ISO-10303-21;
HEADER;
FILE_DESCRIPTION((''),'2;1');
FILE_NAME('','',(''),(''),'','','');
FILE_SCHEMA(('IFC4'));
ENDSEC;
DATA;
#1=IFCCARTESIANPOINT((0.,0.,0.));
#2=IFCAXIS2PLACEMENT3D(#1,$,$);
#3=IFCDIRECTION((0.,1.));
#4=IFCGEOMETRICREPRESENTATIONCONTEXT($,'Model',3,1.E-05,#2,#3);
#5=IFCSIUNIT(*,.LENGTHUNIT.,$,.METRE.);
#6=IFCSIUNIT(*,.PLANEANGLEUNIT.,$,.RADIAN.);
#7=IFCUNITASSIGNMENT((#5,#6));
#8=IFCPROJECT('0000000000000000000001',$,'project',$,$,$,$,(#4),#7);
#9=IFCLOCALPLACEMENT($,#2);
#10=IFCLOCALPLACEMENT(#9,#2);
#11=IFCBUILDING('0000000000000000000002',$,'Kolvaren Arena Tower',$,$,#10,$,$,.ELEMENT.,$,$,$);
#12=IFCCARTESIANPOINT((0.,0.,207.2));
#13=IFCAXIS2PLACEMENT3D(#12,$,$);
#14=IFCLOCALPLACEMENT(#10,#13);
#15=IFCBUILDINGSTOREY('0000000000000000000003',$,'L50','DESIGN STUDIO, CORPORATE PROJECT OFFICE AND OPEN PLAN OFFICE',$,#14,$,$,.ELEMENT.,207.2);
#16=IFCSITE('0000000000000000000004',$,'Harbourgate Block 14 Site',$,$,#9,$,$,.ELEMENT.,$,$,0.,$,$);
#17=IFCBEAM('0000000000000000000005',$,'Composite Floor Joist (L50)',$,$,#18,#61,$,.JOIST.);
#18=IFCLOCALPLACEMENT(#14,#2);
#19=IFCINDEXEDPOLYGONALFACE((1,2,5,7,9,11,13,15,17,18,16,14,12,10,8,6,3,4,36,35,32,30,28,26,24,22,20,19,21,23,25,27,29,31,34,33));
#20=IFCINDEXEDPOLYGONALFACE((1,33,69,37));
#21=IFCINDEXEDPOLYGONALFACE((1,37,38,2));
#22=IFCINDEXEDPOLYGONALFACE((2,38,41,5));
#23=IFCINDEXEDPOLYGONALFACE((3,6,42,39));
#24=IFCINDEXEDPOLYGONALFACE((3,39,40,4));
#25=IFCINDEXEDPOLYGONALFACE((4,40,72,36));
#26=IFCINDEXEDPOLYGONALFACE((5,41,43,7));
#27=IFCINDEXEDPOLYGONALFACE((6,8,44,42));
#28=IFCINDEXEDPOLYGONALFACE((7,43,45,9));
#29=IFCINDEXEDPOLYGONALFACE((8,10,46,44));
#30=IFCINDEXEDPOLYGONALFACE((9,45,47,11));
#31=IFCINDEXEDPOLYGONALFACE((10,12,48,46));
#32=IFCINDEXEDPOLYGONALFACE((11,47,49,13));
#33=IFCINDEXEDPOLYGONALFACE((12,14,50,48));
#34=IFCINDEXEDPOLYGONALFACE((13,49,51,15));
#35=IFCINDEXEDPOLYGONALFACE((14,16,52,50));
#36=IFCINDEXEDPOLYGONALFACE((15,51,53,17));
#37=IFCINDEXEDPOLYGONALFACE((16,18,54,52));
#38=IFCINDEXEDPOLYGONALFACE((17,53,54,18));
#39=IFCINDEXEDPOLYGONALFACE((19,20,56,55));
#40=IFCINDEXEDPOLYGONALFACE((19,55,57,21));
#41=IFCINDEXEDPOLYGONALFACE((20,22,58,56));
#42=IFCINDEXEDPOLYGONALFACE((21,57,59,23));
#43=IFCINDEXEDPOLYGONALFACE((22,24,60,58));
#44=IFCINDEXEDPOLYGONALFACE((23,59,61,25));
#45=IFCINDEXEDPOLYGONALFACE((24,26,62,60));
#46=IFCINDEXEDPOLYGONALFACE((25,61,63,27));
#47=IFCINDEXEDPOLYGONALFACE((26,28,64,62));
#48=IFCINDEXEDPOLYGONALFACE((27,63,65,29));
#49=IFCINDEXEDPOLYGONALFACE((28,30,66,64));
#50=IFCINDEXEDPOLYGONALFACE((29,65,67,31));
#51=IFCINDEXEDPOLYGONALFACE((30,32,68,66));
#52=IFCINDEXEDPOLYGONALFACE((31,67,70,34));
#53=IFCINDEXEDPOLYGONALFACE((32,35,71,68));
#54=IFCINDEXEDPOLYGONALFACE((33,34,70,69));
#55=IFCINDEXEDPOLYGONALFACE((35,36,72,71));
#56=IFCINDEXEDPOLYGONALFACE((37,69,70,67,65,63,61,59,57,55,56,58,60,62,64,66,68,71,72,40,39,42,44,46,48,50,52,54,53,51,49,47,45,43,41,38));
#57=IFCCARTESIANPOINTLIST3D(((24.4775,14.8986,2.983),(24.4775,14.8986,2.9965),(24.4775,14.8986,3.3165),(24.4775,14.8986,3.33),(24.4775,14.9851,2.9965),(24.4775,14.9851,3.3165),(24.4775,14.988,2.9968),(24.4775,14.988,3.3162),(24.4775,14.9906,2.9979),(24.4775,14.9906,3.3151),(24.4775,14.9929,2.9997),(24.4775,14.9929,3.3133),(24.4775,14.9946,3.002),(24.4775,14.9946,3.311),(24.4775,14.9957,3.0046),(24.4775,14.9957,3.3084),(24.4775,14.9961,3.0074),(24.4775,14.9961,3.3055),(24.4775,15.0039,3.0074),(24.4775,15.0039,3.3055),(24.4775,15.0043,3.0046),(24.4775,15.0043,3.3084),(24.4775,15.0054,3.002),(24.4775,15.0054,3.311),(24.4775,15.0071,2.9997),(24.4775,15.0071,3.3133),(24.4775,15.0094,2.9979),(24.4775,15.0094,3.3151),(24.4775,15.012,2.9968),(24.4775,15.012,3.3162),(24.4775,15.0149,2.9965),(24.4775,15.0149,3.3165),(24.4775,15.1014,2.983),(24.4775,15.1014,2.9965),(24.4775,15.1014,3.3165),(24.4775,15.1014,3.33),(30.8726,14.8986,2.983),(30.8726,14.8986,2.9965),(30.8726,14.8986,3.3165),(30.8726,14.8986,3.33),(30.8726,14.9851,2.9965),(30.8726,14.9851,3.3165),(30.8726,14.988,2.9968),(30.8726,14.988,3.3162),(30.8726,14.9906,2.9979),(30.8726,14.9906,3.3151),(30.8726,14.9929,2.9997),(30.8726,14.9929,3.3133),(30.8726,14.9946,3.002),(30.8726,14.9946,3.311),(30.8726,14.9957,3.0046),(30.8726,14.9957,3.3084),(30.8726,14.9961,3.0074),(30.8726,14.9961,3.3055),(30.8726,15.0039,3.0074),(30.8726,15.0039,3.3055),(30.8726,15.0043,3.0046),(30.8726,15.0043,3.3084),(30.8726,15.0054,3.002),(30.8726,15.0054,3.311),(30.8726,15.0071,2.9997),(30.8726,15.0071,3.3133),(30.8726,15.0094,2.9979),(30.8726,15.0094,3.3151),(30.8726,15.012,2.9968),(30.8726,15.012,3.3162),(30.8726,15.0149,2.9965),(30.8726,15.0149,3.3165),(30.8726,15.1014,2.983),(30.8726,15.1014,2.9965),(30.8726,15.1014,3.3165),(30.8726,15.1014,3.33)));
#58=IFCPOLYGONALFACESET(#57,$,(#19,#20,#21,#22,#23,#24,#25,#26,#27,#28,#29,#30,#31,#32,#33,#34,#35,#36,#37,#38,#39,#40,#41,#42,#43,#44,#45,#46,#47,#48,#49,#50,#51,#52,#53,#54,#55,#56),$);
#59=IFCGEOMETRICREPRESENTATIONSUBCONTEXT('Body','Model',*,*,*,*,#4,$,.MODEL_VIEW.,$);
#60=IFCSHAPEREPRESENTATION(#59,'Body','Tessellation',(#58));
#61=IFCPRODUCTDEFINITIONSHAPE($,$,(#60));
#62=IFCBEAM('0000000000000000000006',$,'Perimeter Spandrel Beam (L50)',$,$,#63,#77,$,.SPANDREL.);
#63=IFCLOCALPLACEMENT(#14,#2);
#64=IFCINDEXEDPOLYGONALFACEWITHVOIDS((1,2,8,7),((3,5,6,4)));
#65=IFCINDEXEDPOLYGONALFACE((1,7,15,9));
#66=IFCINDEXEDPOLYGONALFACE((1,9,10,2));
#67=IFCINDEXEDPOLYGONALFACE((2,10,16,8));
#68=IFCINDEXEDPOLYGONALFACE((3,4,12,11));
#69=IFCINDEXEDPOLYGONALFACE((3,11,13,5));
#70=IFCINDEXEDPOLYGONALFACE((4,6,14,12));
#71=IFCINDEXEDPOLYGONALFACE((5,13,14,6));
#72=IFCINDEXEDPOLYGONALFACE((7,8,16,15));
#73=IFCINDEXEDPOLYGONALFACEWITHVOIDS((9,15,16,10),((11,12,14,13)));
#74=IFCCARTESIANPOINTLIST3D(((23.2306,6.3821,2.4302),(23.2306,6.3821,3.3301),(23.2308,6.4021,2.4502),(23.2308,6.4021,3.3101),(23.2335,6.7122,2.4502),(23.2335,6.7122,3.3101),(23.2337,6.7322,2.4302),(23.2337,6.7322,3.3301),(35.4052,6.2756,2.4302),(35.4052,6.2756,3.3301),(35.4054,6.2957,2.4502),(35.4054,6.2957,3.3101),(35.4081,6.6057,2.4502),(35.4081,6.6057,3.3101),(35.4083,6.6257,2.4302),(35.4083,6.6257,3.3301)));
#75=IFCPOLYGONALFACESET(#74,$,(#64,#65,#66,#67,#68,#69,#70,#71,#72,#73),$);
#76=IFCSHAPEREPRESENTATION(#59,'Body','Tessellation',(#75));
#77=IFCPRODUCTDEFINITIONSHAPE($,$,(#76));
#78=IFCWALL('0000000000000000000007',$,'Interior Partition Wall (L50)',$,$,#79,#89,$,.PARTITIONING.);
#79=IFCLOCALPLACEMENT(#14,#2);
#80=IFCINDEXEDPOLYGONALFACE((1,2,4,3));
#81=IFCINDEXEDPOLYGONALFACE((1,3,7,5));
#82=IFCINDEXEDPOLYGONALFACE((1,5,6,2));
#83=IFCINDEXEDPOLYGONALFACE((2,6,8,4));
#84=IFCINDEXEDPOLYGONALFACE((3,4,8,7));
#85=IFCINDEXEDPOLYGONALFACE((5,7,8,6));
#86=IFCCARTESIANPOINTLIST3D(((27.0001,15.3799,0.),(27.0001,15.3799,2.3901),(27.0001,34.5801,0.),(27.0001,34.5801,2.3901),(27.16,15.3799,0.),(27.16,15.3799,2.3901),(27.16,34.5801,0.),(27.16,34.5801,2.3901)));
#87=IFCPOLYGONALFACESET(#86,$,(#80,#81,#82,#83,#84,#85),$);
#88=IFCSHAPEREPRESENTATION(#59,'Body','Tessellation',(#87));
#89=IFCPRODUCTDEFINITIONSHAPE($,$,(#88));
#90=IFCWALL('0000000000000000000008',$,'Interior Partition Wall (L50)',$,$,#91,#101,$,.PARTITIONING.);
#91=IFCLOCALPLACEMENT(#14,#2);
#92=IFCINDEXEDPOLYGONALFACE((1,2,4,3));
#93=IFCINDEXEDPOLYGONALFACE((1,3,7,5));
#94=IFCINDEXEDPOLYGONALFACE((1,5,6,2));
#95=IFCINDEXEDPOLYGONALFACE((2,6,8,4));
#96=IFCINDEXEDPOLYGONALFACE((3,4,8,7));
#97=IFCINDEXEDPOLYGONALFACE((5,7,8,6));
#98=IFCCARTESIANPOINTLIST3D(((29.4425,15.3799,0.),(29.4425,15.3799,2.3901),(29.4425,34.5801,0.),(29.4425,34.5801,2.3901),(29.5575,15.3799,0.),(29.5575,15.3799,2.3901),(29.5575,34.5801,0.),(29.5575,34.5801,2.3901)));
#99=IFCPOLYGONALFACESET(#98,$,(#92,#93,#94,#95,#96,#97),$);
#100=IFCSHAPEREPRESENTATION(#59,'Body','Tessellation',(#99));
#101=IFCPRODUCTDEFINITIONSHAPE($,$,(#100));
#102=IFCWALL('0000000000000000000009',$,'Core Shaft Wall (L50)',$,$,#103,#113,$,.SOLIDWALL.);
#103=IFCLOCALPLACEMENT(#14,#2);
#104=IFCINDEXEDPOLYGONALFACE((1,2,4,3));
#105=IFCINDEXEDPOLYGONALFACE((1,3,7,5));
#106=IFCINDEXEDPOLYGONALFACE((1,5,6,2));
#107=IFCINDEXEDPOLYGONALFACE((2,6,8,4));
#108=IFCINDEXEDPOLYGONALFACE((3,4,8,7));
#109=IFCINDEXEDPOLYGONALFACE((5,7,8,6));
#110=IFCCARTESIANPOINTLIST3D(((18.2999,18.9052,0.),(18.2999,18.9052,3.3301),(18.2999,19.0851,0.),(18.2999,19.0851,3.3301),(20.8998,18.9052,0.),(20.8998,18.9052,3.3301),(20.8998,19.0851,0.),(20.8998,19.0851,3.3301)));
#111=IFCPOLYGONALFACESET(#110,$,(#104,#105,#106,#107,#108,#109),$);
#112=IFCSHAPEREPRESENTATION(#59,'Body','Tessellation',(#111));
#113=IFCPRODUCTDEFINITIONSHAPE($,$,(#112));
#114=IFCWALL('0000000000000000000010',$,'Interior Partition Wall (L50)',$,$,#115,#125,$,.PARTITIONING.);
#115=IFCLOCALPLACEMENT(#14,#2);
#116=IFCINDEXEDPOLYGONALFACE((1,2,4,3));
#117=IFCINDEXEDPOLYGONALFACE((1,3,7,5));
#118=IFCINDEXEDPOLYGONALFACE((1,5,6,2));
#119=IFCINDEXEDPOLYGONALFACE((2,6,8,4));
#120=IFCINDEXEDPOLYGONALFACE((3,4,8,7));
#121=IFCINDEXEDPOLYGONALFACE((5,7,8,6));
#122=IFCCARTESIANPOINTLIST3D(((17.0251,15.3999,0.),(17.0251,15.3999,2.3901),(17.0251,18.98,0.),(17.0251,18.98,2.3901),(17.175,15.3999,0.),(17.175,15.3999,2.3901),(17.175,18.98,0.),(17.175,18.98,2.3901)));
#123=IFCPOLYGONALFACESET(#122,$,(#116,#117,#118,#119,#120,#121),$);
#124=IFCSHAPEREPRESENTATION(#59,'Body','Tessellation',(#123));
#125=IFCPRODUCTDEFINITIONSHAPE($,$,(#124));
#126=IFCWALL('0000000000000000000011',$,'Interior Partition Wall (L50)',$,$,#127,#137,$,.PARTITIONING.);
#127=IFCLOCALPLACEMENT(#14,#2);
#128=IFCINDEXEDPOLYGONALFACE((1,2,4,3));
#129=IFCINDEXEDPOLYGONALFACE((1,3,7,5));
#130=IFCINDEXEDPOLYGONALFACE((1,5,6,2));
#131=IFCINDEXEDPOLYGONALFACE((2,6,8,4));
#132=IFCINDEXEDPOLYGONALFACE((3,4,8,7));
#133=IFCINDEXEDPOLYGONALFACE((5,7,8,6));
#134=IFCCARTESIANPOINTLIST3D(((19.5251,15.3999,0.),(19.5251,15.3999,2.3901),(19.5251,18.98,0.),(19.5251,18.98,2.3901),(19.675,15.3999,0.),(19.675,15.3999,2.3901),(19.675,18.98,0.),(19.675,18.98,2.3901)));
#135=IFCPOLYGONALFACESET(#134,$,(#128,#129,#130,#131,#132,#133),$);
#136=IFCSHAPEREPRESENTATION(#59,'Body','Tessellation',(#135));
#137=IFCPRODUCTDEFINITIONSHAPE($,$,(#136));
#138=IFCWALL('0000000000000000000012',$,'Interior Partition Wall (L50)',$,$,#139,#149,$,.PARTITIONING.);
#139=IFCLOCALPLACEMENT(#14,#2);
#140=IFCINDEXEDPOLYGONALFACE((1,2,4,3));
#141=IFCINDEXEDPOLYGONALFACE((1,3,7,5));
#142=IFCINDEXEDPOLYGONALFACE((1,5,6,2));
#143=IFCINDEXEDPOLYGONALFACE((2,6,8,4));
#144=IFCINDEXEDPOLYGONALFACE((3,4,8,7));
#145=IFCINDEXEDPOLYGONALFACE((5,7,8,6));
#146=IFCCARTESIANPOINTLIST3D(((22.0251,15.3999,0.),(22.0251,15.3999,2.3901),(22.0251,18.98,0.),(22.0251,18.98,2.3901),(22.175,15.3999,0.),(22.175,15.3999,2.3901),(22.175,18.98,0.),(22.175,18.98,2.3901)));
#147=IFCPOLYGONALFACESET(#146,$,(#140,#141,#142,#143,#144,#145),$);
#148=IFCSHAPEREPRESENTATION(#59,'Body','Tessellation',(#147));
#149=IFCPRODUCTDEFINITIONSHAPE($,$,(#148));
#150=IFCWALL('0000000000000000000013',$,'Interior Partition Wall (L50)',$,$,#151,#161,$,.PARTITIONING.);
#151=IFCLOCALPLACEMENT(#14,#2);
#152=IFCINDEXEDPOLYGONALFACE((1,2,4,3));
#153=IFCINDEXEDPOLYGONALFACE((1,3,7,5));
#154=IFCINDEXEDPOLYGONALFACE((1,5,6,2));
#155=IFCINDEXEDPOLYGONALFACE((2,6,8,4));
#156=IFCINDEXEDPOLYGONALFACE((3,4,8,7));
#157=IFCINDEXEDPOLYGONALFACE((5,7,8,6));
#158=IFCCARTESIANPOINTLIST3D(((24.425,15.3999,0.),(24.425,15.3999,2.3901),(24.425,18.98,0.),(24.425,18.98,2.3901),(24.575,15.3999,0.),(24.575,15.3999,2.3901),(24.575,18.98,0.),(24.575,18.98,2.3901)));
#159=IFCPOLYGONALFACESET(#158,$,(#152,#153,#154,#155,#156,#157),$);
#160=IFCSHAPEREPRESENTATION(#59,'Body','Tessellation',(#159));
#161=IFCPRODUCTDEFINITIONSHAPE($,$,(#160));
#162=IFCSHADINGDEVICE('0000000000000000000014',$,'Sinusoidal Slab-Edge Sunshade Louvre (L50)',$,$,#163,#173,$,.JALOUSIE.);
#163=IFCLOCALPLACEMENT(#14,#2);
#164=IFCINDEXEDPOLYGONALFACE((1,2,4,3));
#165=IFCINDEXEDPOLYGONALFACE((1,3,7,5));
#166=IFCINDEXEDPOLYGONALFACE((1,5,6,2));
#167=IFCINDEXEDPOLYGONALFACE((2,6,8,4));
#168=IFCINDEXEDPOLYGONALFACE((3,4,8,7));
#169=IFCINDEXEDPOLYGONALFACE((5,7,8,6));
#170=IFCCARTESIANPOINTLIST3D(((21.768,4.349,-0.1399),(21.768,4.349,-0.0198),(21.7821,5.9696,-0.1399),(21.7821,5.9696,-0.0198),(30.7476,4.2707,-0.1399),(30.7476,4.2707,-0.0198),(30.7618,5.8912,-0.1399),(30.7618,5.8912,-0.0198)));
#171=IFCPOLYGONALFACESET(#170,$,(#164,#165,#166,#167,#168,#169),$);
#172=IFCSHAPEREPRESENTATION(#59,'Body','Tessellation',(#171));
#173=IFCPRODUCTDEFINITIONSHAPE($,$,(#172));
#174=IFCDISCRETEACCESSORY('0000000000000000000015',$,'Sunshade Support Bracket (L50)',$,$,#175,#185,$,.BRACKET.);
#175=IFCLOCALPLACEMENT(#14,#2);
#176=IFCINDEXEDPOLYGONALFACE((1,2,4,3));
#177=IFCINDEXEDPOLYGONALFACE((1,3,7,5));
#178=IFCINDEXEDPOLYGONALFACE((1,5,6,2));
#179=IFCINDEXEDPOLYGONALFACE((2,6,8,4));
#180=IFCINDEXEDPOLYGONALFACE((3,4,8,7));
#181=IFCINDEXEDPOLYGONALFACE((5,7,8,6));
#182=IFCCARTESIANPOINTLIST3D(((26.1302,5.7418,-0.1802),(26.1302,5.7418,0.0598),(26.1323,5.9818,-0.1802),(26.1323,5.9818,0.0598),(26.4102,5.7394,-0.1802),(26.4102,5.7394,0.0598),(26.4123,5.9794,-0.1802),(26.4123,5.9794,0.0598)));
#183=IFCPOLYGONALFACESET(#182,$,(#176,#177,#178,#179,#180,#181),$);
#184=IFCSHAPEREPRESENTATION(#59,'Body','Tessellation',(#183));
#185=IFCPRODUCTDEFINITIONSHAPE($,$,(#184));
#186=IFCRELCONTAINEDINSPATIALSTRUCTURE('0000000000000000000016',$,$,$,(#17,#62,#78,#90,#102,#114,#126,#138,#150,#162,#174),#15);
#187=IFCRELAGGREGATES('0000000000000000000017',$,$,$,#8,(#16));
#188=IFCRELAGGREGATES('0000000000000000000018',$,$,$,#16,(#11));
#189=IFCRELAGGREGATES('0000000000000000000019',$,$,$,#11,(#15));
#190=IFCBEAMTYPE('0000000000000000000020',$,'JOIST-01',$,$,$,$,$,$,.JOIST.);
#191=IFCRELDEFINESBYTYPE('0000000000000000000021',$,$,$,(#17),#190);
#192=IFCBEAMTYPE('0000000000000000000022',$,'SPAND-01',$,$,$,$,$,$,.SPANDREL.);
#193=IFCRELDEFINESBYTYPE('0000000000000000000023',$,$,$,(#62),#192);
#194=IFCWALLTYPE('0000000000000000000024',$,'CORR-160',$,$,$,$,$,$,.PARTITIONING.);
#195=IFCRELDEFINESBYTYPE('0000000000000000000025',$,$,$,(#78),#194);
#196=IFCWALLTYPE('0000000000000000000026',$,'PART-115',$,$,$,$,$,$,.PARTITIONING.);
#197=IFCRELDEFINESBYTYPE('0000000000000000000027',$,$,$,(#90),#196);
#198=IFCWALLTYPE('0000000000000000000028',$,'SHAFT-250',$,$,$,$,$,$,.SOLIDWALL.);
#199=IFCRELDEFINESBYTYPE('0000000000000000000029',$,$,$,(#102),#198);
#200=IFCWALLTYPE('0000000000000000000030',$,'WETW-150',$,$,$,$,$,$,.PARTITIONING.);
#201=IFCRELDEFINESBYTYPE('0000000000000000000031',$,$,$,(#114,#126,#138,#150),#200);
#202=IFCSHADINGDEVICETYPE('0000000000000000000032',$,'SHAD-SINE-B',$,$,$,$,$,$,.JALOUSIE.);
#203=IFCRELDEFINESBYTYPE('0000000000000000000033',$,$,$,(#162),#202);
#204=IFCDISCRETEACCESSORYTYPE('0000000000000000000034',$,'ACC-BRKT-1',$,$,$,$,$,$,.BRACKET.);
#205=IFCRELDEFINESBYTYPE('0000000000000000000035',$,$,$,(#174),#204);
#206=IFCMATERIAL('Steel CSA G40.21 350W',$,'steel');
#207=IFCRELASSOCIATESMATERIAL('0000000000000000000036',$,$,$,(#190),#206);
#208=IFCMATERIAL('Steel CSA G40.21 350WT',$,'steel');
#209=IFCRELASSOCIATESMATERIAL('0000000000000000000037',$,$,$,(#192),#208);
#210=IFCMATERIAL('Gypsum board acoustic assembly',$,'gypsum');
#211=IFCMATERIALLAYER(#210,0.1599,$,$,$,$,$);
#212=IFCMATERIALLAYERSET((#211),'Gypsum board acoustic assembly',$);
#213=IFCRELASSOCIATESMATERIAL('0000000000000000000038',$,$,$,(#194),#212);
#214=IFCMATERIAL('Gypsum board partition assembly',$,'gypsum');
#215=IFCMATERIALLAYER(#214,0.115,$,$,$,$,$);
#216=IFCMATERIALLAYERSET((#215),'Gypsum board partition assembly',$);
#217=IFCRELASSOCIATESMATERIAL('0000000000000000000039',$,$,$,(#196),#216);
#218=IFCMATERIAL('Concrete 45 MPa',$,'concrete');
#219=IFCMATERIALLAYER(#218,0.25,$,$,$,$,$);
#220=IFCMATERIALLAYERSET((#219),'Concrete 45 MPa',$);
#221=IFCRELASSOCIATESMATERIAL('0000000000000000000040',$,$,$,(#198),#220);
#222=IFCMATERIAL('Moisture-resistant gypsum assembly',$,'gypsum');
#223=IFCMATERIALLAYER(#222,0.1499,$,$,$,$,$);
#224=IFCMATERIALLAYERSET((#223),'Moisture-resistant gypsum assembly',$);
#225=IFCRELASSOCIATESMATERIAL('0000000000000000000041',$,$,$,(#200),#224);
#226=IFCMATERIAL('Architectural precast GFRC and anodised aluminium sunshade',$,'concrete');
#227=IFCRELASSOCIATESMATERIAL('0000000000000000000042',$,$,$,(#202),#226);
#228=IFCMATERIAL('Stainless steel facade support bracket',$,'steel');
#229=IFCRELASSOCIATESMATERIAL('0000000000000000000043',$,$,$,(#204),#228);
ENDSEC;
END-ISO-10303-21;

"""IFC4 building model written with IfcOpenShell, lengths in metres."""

from ifc_helpers import new_model, si_unit, direction, frame, frame_2d, origin, origin_2d, place, context, subcontext, project, spatial, rectangle, hollow_rectangle, i_section, extrude, material, layer, layer_set, material_profile, profile_set, type_object, element, save


model = new_model("IFC4")

# Units and contexts
model_context = context("Model", 3, precision=1e-05, world=origin(), true_north=direction((0.0, 1.0)))
body_context = subcontext(model_context, "Body", "Model", "MODEL_VIEW")
ifc_project = project(units=[si_unit("LENGTHUNIT", "METRE"), si_unit("PLANEANGLEUNIT", "RADIAN")], contexts=[model_context])

# Site, building, storey
site_placement = place(None, origin())
site = spatial("IfcSite", under=ifc_project, at=site_placement, Name="Harbourgate Block 14 Site", CompositionType="ELEMENT", RefElevation=0.0)
building_placement = place(site_placement, origin())
building = spatial("IfcBuilding", under=site, at=building_placement, Name="Kolvaren Arena Tower", CompositionType="ELEMENT")
storey_placement = place(building_placement, frame((0.0, 0.0, 207.2)))
storey = spatial("IfcBuildingStorey", under=building, at=storey_placement, Name="L50", Description="DESIGN STUDIO, CORPORATE PROJECT OFFICE AND OPEN PLAN OFFICE", CompositionType="ELEMENT", Elevation=207.2)

# Beams
ifc_material_1 = material(Name="Steel CSA G40.21 350W", Category="steel")
ifc_material_profile_1 = material_profile(ifc_material_1, i_section(OverallWidth=0.2029, OverallDepth=0.3469, WebThickness=0.0078, FlangeThickness=0.0134, FilletRadius=0.011, at=origin_2d()), Name="W360x64")
ifc_profile_set_1 = profile_set([ifc_material_profile_1], Name="Steel CSA G40.21 350W")
beam_type_1 = type_object("IfcBeamType", Name="JOIST-01", PredefinedType="JOIST", material=ifc_profile_set_1)
beam_1_placement = place(storey_placement, frame((24.4775, 15.0, 3.1565), z_axis=(1.0, 0.0, 0.0), x_axis=(0.0, 1.0, 0.0)))
element("IfcBeam", 1, at=beam_1_placement, inside=storey, type_object=beam_type_1, Name="Composite Floor Joist (L50)", PredefinedType="JOIST", context=body_context, shape_type="SweptSolid", body=[
    extrude(i_section(OverallWidth=0.2029, OverallDepth=0.3469, WebThickness=0.0078, FlangeThickness=0.0134, FilletRadius=0.011, at=origin_2d()), origin(), (0.0, 0.0, 1.0), 6.395),
])
ifc_material_2 = material(Name="Steel CSA G40.21 350WT", Category="steel")
ifc_material_profile_2 = material_profile(ifc_material_2, hollow_rectangle(XDim=0.3501, YDim=0.8999, WallThickness=0.02, at=origin_2d()), Name="HSS 900x350x20")
ifc_profile_set_2 = profile_set([ifc_material_profile_2], Name="Steel CSA G40.21 350WT")
beam_type_2 = type_object("IfcBeamType", Name="SPAND-01", PredefinedType="SPANDREL", material=ifc_profile_set_2)
beam_2_placement = place(storey_placement, frame((23.2322, 6.5571, 2.8801), z_axis=(0.999962, -0.008743, 0.0), x_axis=(0.008743, 0.999962, 0.0)))
element("IfcBeam", 2, at=beam_2_placement, inside=storey, type_object=beam_type_2, Name="Perimeter Spandrel Beam (L50)", PredefinedType="SPANDREL", context=body_context, shape_type="SweptSolid", body=[
    extrude(hollow_rectangle(XDim=0.3501, YDim=0.8999, WallThickness=0.02, at=origin_2d()), origin(), (0.0, 0.0, 1.0), 12.175),
])

# Shared definitions
ifc_material_3 = material(Name="Gypsum board acoustic assembly", Category="gypsum")
ifc_layer_1 = layer(ifc_material_3, 0.1599)
ifc_layer_set_1 = layer_set([ifc_layer_1], Name="Gypsum board acoustic assembly")
wall_type_1 = type_object("IfcWallType", Name="CORR-160", PredefinedType="PARTITIONING", material=ifc_layer_set_1)

# Walls
wall_1_placement = place(storey_placement, frame((27.0801, 15.3799, 0.0), z_axis=(0.0, 0.0, 1.0), x_axis=(0.0, 1.0, 0.0)))
element("IfcWall", 3, at=wall_1_placement, inside=storey, type_object=wall_type_1, Name="Interior Partition Wall (L50)", PredefinedType="PARTITIONING", context=body_context, shape_type="SweptSolid", body=[
    extrude(rectangle(XDim=19.2002, YDim=0.1599, at=frame_2d((9.6001, 0.0))), origin(), (0.0, 0.0, 1.0), 2.3901),
])
ifc_material_4 = material(Name="Gypsum board partition assembly", Category="gypsum")
ifc_layer_2 = layer(ifc_material_4, 0.115)
ifc_layer_set_2 = layer_set([ifc_layer_2], Name="Gypsum board partition assembly")
wall_type_2 = type_object("IfcWallType", Name="PART-115", PredefinedType="PARTITIONING", material=ifc_layer_set_2)
wall_2_placement = place(storey_placement, frame((29.5, 15.3799, 0.0), z_axis=(0.0, 0.0, 1.0), x_axis=(0.0, 1.0, 0.0)))
element("IfcWall", 4, at=wall_2_placement, inside=storey, type_object=wall_type_2, Name="Interior Partition Wall (L50)", PredefinedType="PARTITIONING", context=body_context, shape_type="SweptSolid", body=[
    extrude(rectangle(XDim=19.2002, YDim=0.115, at=frame_2d((9.6001, 0.0))), origin(), (0.0, 0.0, 1.0), 2.3901),
])
ifc_material_5 = material(Name="Concrete 45 MPa", Category="concrete")
ifc_layer_3 = layer(ifc_material_5, 0.25)
ifc_layer_set_3 = layer_set([ifc_layer_3], Name="Concrete 45 MPa")
wall_type_3 = type_object("IfcWallType", Name="SHAFT-250", PredefinedType="SOLIDWALL", material=ifc_layer_set_3)
wall_3_placement = place(storey_placement, frame((18.3, 18.9951, 0.0), z_axis=(0.0, 0.0, 1.0), x_axis=(1.0, 0.0, 0.0)))
element("IfcWall", 5, at=wall_3_placement, inside=storey, type_object=wall_type_3, Name="Core Shaft Wall (L50)", PredefinedType="SOLIDWALL", context=body_context, shape_type="SweptSolid", body=[
    extrude(rectangle(XDim=2.5999, YDim=0.1799, at=frame_2d((1.2998, 0.0))), origin(), (0.0, 0.0, 1.0), 3.3301),
])
ifc_material_6 = material(Name="Moisture-resistant gypsum assembly", Category="gypsum")
ifc_layer_4 = layer(ifc_material_6, 0.1499)
ifc_layer_set_4 = layer_set([ifc_layer_4], Name="Moisture-resistant gypsum assembly")
wall_type_4 = type_object("IfcWallType", Name="WETW-150", PredefinedType="PARTITIONING", material=ifc_layer_set_4)
for number, where, z_axis, x_axis, name in (
    (6, (17.1001, 15.3999, 0.0), (0.0, 0.0, 1.0), (0.0, 1.0, 0.0), "Interior Partition Wall (L50)"),
    (7, (19.6001, 15.3999, 0.0), (0.0, 0.0, 1.0), (0.0, 1.0, 0.0), "Interior Partition Wall (L50)"),
    (8, (22.1001, 15.3999, 0.0), (0.0, 0.0, 1.0), (0.0, 1.0, 0.0), "Interior Partition Wall (L50)"),
    (9, (24.5, 15.3999, 0.0), (0.0, 0.0, 1.0), (0.0, 1.0, 0.0), "Interior Partition Wall (L50)"),
):
    element("IfcWall", number, at=place(storey_placement, frame(where, z_axis=z_axis, x_axis=x_axis)), inside=storey, type_object=wall_type_4, Name=name, PredefinedType="PARTITIONING", context=body_context, shape_type="SweptSolid", body=[
        extrude(rectangle(XDim=3.5801, YDim=0.1499, at=frame_2d((1.79, 0.0))), origin(), (0.0, 0.0, 1.0), 2.3901),
    ])

# Shading device
ifc_material_7 = material(Name="Architectural precast GFRC and anodised aluminium sunshade", Category="concrete")
shading_device_type = type_object("IfcShadingDeviceType", Name="SHAD-SINE-B", PredefinedType="JALOUSIE", material=ifc_material_7)
shading_device_placement = place(storey_placement, frame((26.2649, 5.1201, -0.1399), z_axis=(0.0, 0.0, 1.0), x_axis=(-0.999962, 0.008727, 0.0)))
element("IfcShadingDevice", 10, at=shading_device_placement, inside=storey, type_object=shading_device_type, Name="Sinusoidal Slab-Edge Sunshade Louvre (L50)", PredefinedType="JALOUSIE", context=body_context, shape_type="SweptSolid", body=[
    extrude(rectangle(XDim=8.98, YDim=1.6206, at=origin_2d()), origin(), (0.0, 0.0, 1.0), 0.1201),
])

# Discrete accessory
ifc_material_8 = material(Name="Stainless steel facade support bracket", Category="steel")
discrete_accessory_type = type_object("IfcDiscreteAccessoryType", Name="ACC-BRKT-1", PredefinedType="BRACKET", material=ifc_material_8)
discrete_accessory_placement = place(storey_placement, frame((26.2712, 5.8606, -0.1802), z_axis=(0.0, 0.0, 1.0), x_axis=(-0.999962, 0.008727, 0.0)))
element("IfcDiscreteAccessory", 11, at=discrete_accessory_placement, inside=storey, type_object=discrete_accessory_type, Name="Sunshade Support Bracket (L50)", PredefinedType="BRACKET", context=body_context, shape_type="SweptSolid", body=[
    extrude(rectangle(XDim=0.28, YDim=0.24, at=origin_2d()), origin(), (0.0, 0.0, 1.0), 0.24),
])

save(model, "model.ifc")
